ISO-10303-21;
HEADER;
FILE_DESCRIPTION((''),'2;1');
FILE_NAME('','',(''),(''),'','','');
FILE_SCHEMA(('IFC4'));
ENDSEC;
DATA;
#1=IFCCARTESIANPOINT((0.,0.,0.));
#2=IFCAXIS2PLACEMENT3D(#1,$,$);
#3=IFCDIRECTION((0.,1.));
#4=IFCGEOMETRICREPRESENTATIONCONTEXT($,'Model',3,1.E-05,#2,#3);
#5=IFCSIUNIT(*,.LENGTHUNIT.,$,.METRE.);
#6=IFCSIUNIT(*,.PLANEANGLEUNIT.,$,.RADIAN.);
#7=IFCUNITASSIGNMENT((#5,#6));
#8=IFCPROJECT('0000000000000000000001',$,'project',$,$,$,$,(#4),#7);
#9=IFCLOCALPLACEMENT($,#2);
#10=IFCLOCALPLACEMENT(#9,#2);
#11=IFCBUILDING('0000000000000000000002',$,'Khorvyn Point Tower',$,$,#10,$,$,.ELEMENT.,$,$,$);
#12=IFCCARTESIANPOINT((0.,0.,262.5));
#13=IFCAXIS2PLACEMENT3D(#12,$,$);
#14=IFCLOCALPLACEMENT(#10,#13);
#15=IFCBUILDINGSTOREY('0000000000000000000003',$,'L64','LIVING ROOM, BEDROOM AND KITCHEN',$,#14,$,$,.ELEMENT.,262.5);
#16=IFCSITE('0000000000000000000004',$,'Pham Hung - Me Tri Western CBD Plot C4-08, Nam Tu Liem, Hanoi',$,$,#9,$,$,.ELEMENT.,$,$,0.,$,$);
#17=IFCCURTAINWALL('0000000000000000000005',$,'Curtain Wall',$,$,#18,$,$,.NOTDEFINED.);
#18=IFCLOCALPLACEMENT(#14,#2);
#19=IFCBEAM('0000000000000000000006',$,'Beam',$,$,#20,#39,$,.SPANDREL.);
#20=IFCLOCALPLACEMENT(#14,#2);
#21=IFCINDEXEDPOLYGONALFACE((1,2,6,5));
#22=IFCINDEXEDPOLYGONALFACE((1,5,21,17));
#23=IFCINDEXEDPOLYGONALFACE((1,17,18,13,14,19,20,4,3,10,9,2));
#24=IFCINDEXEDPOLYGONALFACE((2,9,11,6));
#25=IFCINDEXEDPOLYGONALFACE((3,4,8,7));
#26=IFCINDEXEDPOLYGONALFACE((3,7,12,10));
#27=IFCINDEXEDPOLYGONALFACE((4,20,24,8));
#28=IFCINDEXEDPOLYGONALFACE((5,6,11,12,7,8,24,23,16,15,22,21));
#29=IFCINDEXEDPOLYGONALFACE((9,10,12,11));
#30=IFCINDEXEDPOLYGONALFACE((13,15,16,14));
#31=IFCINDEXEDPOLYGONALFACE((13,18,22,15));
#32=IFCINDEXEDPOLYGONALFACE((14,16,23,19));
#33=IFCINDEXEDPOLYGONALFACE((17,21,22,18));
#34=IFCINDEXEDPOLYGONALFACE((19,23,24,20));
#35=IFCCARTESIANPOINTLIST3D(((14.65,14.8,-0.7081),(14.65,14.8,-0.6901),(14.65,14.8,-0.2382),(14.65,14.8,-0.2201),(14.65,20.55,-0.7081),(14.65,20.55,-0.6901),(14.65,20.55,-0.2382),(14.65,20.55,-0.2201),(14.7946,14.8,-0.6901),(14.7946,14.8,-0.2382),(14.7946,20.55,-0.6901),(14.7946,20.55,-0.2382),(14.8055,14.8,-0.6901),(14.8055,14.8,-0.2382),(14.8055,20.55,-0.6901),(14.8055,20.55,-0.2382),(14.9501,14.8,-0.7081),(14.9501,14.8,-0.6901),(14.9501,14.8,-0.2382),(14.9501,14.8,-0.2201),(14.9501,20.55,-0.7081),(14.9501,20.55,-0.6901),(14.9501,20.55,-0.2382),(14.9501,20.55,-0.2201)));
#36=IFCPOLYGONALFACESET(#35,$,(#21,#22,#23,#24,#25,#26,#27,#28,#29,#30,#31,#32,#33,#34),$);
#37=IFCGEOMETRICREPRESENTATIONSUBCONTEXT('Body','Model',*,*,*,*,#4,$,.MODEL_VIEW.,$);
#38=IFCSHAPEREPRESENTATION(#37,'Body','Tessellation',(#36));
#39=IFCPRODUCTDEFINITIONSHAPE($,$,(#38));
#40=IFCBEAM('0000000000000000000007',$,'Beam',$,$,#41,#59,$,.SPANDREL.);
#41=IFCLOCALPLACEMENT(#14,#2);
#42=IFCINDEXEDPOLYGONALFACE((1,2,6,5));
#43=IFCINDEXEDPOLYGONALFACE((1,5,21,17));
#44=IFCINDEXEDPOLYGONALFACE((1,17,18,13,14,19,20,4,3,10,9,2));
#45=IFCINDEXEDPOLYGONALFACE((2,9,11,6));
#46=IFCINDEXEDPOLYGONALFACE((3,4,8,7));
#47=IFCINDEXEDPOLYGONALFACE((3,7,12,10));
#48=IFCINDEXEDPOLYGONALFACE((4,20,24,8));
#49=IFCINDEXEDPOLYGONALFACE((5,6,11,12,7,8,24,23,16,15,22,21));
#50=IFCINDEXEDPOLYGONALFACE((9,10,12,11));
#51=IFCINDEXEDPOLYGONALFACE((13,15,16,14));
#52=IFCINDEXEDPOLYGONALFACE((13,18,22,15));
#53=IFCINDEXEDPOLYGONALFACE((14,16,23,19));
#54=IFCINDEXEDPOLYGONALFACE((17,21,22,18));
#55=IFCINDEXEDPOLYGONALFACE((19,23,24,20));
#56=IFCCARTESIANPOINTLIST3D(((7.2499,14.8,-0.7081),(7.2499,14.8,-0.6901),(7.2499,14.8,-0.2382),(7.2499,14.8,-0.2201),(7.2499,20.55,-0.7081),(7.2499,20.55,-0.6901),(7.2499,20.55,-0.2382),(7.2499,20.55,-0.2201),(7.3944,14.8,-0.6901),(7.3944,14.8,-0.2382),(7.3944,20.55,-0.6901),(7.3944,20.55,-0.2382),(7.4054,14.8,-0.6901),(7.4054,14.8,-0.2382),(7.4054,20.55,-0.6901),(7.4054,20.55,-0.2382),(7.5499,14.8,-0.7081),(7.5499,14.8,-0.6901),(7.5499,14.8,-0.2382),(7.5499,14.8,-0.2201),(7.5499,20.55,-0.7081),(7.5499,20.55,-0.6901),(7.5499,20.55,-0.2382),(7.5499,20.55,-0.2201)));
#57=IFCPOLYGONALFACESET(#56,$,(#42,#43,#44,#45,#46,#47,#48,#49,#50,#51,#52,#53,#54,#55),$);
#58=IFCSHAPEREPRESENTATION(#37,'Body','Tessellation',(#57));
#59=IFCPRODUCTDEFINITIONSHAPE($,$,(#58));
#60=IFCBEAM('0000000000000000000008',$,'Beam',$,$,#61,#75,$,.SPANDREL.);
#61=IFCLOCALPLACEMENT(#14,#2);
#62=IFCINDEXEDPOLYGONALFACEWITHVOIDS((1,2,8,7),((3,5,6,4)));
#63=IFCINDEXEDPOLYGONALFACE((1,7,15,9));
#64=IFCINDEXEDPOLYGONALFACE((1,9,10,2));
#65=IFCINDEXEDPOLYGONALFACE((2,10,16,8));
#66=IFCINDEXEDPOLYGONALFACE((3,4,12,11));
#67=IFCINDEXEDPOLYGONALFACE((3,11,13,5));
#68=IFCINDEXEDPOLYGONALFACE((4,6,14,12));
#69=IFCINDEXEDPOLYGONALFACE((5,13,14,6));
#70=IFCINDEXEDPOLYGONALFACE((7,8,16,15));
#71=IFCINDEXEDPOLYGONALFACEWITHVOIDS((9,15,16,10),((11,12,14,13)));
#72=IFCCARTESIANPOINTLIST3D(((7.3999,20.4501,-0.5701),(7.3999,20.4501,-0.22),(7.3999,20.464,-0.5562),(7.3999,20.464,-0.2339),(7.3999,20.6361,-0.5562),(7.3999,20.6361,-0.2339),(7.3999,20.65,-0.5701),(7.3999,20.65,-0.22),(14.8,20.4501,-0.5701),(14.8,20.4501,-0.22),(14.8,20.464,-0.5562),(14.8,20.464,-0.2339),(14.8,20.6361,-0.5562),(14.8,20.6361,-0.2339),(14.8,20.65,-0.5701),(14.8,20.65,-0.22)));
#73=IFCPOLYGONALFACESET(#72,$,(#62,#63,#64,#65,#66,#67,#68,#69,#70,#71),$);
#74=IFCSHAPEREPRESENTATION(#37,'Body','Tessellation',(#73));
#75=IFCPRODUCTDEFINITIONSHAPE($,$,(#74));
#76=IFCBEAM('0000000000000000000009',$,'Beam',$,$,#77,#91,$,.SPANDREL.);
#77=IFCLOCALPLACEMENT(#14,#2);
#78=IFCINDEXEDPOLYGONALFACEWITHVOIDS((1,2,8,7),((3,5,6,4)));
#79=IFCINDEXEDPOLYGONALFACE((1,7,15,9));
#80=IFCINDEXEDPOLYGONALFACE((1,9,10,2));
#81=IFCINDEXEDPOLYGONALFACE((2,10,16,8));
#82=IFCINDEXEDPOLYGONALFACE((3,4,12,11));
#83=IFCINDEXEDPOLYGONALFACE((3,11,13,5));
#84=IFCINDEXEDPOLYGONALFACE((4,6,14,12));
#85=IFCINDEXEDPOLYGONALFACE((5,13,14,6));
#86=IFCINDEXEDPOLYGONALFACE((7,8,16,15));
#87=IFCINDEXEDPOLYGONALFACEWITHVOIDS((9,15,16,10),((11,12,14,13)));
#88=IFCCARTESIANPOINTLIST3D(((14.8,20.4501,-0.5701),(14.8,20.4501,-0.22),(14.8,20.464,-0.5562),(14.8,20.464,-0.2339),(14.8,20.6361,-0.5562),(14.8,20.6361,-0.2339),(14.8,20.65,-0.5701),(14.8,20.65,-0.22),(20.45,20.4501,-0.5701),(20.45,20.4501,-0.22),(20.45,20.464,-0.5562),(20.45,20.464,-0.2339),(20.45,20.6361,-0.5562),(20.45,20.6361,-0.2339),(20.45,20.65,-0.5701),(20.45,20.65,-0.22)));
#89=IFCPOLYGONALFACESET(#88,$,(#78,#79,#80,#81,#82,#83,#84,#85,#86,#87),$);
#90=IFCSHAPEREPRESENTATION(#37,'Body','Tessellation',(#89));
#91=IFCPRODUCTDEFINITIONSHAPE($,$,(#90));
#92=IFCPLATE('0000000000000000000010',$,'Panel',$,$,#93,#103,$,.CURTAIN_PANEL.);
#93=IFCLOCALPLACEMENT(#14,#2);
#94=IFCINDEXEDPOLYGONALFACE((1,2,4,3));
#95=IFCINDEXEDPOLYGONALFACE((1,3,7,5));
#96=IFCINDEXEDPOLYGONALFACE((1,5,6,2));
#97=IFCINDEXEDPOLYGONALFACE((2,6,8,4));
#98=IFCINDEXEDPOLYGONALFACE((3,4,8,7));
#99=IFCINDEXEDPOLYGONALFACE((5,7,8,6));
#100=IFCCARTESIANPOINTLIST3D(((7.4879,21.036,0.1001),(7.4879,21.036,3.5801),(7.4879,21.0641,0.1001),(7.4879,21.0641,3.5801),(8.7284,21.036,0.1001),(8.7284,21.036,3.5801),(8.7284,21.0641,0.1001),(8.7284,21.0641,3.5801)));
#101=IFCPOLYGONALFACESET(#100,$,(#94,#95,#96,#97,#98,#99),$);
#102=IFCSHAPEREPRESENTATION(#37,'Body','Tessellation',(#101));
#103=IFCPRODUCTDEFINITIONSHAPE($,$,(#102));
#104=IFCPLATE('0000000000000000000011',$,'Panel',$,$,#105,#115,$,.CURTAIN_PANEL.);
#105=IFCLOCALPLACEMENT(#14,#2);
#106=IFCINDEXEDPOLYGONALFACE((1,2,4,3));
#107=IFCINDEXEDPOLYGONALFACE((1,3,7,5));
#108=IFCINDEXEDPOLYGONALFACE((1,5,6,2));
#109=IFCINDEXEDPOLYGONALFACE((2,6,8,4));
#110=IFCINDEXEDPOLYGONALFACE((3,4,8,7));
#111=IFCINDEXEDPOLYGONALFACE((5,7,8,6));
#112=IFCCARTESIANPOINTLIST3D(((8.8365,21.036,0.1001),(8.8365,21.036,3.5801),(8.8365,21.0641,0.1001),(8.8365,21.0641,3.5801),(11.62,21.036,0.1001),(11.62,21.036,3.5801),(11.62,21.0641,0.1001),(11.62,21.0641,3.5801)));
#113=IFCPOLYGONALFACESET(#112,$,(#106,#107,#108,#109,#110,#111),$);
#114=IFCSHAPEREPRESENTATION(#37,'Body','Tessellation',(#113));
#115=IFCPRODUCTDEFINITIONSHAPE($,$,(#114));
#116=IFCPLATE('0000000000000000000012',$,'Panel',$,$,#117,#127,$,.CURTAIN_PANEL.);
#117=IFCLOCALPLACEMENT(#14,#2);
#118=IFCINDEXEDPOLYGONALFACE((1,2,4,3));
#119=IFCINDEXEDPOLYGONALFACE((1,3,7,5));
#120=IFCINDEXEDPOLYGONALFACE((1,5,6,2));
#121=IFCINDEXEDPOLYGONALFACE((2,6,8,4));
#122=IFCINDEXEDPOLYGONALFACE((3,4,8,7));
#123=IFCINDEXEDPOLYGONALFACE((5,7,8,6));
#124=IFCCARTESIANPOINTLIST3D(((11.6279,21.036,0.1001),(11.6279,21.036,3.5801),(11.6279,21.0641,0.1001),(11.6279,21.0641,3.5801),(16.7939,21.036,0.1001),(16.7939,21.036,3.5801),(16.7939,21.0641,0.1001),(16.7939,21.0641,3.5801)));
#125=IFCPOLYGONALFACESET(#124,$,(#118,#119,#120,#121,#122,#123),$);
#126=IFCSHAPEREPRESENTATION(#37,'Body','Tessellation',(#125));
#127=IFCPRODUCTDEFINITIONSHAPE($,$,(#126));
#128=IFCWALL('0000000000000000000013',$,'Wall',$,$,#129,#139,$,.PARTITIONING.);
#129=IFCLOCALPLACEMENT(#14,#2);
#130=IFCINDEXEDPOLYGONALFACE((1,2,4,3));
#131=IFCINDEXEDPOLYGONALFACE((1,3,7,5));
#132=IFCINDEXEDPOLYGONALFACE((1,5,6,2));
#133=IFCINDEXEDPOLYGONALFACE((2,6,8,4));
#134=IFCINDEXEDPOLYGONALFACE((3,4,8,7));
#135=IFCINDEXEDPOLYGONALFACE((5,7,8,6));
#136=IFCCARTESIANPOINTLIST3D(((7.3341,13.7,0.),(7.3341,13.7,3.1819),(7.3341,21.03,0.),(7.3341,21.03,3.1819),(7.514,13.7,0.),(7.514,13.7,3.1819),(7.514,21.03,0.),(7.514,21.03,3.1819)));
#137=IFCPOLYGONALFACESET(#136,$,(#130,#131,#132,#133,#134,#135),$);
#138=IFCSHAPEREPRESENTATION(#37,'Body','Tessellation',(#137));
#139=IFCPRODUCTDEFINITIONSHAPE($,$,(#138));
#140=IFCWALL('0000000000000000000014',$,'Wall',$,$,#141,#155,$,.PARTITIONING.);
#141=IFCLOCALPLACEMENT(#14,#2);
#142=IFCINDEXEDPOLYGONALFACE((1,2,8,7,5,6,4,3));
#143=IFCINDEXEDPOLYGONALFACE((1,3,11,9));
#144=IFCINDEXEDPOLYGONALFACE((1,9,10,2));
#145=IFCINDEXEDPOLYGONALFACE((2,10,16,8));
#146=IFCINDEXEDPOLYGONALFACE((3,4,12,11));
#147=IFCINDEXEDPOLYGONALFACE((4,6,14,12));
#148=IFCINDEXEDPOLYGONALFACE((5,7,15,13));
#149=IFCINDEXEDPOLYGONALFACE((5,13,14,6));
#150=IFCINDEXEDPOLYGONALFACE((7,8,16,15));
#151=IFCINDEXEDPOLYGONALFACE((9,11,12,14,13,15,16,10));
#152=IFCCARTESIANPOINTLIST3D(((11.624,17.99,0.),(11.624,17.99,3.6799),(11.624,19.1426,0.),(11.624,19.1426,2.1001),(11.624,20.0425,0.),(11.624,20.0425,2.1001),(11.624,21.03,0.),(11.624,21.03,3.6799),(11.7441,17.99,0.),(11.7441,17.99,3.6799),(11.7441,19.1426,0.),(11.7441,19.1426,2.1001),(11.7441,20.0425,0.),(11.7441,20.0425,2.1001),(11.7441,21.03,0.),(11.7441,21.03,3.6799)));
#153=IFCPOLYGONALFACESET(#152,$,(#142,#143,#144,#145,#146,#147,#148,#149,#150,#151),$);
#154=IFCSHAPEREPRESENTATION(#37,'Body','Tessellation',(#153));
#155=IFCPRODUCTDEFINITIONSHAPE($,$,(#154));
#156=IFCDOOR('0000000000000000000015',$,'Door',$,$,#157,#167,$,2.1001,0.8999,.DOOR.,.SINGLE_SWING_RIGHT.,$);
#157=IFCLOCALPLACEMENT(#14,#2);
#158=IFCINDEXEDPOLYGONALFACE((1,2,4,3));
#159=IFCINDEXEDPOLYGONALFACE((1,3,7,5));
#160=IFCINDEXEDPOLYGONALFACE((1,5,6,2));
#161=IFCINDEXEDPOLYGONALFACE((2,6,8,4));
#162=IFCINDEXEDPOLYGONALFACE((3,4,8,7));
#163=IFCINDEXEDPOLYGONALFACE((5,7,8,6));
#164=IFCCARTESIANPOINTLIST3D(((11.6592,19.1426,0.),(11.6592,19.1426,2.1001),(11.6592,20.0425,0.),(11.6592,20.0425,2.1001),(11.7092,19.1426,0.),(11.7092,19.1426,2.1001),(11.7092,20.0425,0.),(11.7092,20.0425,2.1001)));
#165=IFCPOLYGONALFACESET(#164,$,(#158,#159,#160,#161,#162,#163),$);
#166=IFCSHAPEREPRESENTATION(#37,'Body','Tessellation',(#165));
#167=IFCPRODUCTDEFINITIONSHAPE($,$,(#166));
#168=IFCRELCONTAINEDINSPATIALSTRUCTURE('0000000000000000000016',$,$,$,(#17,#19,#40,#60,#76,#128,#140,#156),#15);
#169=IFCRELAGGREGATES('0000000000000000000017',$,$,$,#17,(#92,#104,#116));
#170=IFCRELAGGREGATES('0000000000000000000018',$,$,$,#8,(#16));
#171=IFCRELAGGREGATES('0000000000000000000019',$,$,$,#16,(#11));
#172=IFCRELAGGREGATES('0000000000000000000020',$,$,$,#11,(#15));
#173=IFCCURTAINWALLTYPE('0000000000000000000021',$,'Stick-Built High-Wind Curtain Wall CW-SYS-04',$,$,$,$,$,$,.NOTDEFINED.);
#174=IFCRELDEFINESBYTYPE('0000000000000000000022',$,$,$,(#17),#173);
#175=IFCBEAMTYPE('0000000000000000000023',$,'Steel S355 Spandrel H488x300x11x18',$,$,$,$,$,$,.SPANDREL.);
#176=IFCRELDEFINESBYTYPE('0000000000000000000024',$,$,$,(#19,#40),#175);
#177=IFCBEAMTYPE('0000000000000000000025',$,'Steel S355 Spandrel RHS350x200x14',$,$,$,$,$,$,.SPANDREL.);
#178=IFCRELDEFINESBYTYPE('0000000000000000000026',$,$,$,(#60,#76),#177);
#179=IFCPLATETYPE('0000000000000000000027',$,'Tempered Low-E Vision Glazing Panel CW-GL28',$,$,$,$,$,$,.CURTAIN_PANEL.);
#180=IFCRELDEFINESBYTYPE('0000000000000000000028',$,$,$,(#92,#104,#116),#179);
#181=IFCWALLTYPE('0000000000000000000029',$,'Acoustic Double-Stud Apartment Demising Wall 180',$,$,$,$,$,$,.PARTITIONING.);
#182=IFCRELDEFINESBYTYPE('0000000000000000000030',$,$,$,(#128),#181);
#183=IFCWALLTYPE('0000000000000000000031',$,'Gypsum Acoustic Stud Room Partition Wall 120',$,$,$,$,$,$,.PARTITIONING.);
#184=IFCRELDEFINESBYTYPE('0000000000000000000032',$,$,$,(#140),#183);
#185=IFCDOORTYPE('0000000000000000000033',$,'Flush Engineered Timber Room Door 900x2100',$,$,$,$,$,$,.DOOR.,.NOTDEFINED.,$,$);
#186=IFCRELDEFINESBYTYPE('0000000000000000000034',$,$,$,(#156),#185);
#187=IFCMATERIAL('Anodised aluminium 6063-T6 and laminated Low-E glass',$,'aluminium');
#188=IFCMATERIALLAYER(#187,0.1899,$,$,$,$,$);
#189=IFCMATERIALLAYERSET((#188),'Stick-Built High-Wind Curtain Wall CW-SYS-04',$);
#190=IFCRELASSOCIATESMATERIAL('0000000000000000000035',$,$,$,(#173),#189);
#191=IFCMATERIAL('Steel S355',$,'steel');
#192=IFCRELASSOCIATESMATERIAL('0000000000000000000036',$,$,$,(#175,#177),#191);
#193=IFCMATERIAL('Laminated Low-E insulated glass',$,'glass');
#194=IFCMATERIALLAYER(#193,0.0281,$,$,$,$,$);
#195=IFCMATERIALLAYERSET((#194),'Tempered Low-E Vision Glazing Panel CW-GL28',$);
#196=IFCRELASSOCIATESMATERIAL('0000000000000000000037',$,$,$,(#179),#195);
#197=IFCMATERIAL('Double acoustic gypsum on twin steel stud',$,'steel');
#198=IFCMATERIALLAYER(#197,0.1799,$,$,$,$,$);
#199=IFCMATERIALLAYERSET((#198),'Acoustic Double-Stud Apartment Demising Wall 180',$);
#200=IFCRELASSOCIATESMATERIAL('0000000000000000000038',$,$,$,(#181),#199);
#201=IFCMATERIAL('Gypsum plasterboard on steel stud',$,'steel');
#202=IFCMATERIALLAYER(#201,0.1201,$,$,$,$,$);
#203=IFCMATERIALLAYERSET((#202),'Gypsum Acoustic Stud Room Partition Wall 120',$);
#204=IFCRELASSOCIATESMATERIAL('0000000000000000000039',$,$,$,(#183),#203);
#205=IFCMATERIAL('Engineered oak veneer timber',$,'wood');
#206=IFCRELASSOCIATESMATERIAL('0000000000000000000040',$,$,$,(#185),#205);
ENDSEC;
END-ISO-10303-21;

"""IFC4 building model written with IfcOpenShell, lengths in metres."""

from ifc_helpers import new_model, si_unit, direction, frame, frame_2d, origin, origin_2d, place, context, subcontext, project, spatial, rectangle, hollow_rectangle, i_section, extrude, material, layer, layer_set, material_profile, profile_set, type_object, element, fill, aggregate, save


model = new_model("IFC4")

# Units and contexts
model_context = context("Model", 3, precision=1e-05, world=origin(), true_north=direction((0.0, 1.0)))
body_context = subcontext(model_context, "Body", "Model", "MODEL_VIEW")
ifc_project = project(units=[si_unit("LENGTHUNIT", "METRE"), si_unit("PLANEANGLEUNIT", "RADIAN")], contexts=[model_context])

# Site, building, storey
site_placement = place(None, origin())
site = spatial("IfcSite", under=ifc_project, at=site_placement, Name="Pham Hung - Me Tri Western CBD Plot C4-08, Nam Tu Liem, Hanoi", CompositionType="ELEMENT", RefElevation=0.0)
building_placement = place(site_placement, origin())
building = spatial("IfcBuilding", under=site, at=building_placement, Name="Khorvyn Point Tower", CompositionType="ELEMENT")
storey_placement = place(building_placement, frame((0.0, 0.0, 262.5)))
storey = spatial("IfcBuildingStorey", under=building, at=storey_placement, Name="L64", Description="LIVING ROOM, BEDROOM AND KITCHEN", CompositionType="ELEMENT", Elevation=262.5)

# Shared definitions
ifc_material_1 = material(Name="Steel S355", Category="steel")

# Curtain wall
ifc_material_2 = material(Name="Anodised aluminium 6063-T6 and laminated Low-E glass", Category="aluminium")
ifc_layer_1 = layer(ifc_material_2, 0.1899)
ifc_layer_set_1 = layer_set([ifc_layer_1], Name="Stick-Built High-Wind Curtain Wall CW-SYS-04")
curtain_wall_type = type_object("IfcCurtainWallType", Name="Stick-Built High-Wind Curtain Wall CW-SYS-04", PredefinedType="NOTDEFINED", material=ifc_layer_set_1)
curtain_wall_placement = place(storey_placement, origin())
curtain_wall = element("IfcCurtainWall", 1, at=curtain_wall_placement, inside=storey, type_object=curtain_wall_type, Name="Curtain Wall", PredefinedType="NOTDEFINED")

# Beams
ifc_material_profile_1 = material_profile(ifc_material_1, i_section(OverallWidth=0.3, OverallDepth=0.488, WebThickness=0.011, FlangeThickness=0.0181, at=origin_2d()))
ifc_profile_set_1 = profile_set([ifc_material_profile_1], Name="Steel S355 H488x300x11x18")
beam_type_1 = type_object("IfcBeamType", Name="Steel S355 Spandrel H488x300x11x18", PredefinedType="SPANDREL", material=ifc_profile_set_1)
for number, where, z_axis, x_axis, name in (
    (2, (14.8, 14.8, -0.4641), (0.0, 1.0, 0.0), (-1.0, 0.0, 0.0), "Beam"),
    (3, (7.3999, 14.8, -0.4641), (0.0, 1.0, 0.0), (-1.0, 0.0, 0.0), "Beam"),
):
    element("IfcBeam", number, at=place(storey_placement, frame(where, z_axis=z_axis, x_axis=x_axis)), inside=storey, type_object=beam_type_1, Name=name, PredefinedType="SPANDREL", context=body_context, shape_type="SweptSolid", body=[
        extrude(i_section(OverallWidth=0.3, OverallDepth=0.488, WebThickness=0.011, FlangeThickness=0.0181, at=origin_2d()), origin(), (0.0, 0.0, 1.0), 5.75),
    ])
ifc_material_profile_2 = material_profile(ifc_material_1, hollow_rectangle(XDim=0.2, YDim=0.3501, WallThickness=0.0139, at=origin_2d()))
ifc_profile_set_2 = profile_set([ifc_material_profile_2], Name="Steel S355 RHS350x200x14")
beam_type_2 = type_object("IfcBeamType", Name="Steel S355 Spandrel RHS350x200x14", PredefinedType="SPANDREL", material=ifc_profile_set_2)
beam_1_placement = place(storey_placement, frame((7.3999, 20.55, -0.395), z_axis=(1.0, 0.0, 0.0), x_axis=(0.0, 1.0, 0.0)))
element("IfcBeam", 4, at=beam_1_placement, inside=storey, type_object=beam_type_2, Name="Beam", PredefinedType="SPANDREL", context=body_context, shape_type="SweptSolid", body=[
    extrude(hollow_rectangle(XDim=0.2, YDim=0.3501, WallThickness=0.0139, at=origin_2d()), origin(), (0.0, 0.0, 1.0), 7.4001),
])
beam_2_placement = place(storey_placement, frame((14.8, 20.55, -0.395), z_axis=(1.0, 0.0, 0.0), x_axis=(0.0, 1.0, 0.0)))
element("IfcBeam", 5, at=beam_2_placement, inside=storey, type_object=beam_type_2, Name="Beam", PredefinedType="SPANDREL", context=body_context, shape_type="SweptSolid", body=[
    extrude(hollow_rectangle(XDim=0.2, YDim=0.3501, WallThickness=0.0139, at=origin_2d()), origin(), (0.0, 0.0, 1.0), 5.6499),
])

# Plates
ifc_material_3 = material(Name="Laminated Low-E insulated glass", Category="glass")
ifc_layer_2 = layer(ifc_material_3, 0.0281)
ifc_layer_set_2 = layer_set([ifc_layer_2], Name="Tempered Low-E Vision Glazing Panel CW-GL28")
plate_type = type_object("IfcPlateType", Name="Tempered Low-E Vision Glazing Panel CW-GL28", PredefinedType="CURTAIN_PANEL", material=ifc_layer_set_2)
plate_1_placement = place(storey_placement, frame((8.1082, 21.05, 0.1001), z_axis=(0.0, 0.0, 1.0), x_axis=(1.0, 0.0, 0.0)))
plate_1 = element("IfcPlate", 6, at=plate_1_placement, type_object=plate_type, Name="Panel", PredefinedType="CURTAIN_PANEL", context=body_context, shape_type="SweptSolid", body=[
    extrude(rectangle(XDim=1.2405, YDim=0.0281, at=origin_2d()), origin(), (0.0, 0.0, 1.0), 3.48),
])
plate_2_placement = place(storey_placement, frame((10.2283, 21.05, 0.1001), z_axis=(0.0, 0.0, 1.0), x_axis=(1.0, 0.0, 0.0)))
plate_2 = element("IfcPlate", 7, at=plate_2_placement, type_object=plate_type, Name="Panel", PredefinedType="CURTAIN_PANEL", context=body_context, shape_type="SweptSolid", body=[
    extrude(rectangle(XDim=2.7834, YDim=0.0281, at=origin_2d()), origin(), (0.0, 0.0, 1.0), 3.48),
])
plate_3_placement = place(storey_placement, frame((14.2109, 21.05, 0.1001), z_axis=(0.0, 0.0, 1.0), x_axis=(1.0, 0.0, 0.0)))
plate_3 = element("IfcPlate", 8, at=plate_3_placement, type_object=plate_type, Name="Panel", PredefinedType="CURTAIN_PANEL", context=body_context, shape_type="SweptSolid", body=[
    extrude(rectangle(XDim=5.166, YDim=0.0281, at=origin_2d()), origin(), (0.0, 0.0, 1.0), 3.48),
])
aggregate(curtain_wall, [plate_1, plate_2, plate_3])

# Wall
ifc_material_4 = material(Name="Double acoustic gypsum on twin steel stud", Category="steel")
ifc_layer_3 = layer(ifc_material_4, 0.1799)
ifc_layer_set_3 = layer_set([ifc_layer_3], Name="Acoustic Double-Stud Apartment Demising Wall 180")
wall_type_1 = type_object("IfcWallType", Name="Acoustic Double-Stud Apartment Demising Wall 180", PredefinedType="PARTITIONING", material=ifc_layer_set_3)
wall_1_placement = place(storey_placement, frame((7.4241, 13.7, 0.0), z_axis=(0.0, 0.0, 1.0), x_axis=(0.0, 1.0, 0.0)))
element("IfcWall", 9, at=wall_1_placement, inside=storey, type_object=wall_type_1, Name="Wall", PredefinedType="PARTITIONING", context=body_context, shape_type="SweptSolid", body=[
    extrude(rectangle(XDim=7.3301, YDim=0.1799, at=frame_2d((3.665, 0.0))), origin(), (0.0, 0.0, 1.0), 3.1819),
])

# Wall, opening, door
ifc_material_5 = material(Name="Gypsum plasterboard on steel stud", Category="steel")
ifc_layer_4 = layer(ifc_material_5, 0.1201)
ifc_layer_set_4 = layer_set([ifc_layer_4], Name="Gypsum Acoustic Stud Room Partition Wall 120")
wall_type_2 = type_object("IfcWallType", Name="Gypsum Acoustic Stud Room Partition Wall 120", PredefinedType="PARTITIONING", material=ifc_layer_set_4)
wall_2_placement = place(storey_placement, frame((11.6841, 17.99, 0.0), z_axis=(0.0, 0.0, 1.0), x_axis=(0.0, 1.0, 0.0)))
wall_2 = element("IfcWall", 10, at=wall_2_placement, inside=storey, type_object=wall_type_2, Name="Wall", PredefinedType="PARTITIONING", context=body_context, shape_type="SweptSolid", body=[
    extrude(rectangle(XDim=3.04, YDim=0.1201, at=frame_2d((1.52, 0.0))), origin(), (0.0, 0.0, 1.0), 3.6799),
])
opening_1_placement = place(wall_2_placement, frame((1.1526, 0.0, 0.0)))
opening_1 = element("IfcOpeningElement", 11, at=opening_1_placement, cuts=wall_2, PredefinedType="OPENING", context=body_context, shape_type="SweptSolid", body=[
    extrude(rectangle(XDim=0.8999, YDim=2.1001, at=frame_2d((0.45, 1.05))), frame((0.0, 0.0701, 0.0), z_axis=(0.0, -1.0, 0.0), x_axis=(1.0, 0.0, 0.0)), (0.0, 0.0, 1.0), 0.1401),
])
ifc_material_6 = material(Name="Engineered oak veneer timber", Category="wood")
door_type_1 = type_object("IfcDoorType", Name="Flush Engineered Timber Room Door 900x2100", OperationType="NOTDEFINED", PredefinedType="DOOR", material=ifc_material_6)
door_1_placement = place(opening_1_placement, origin())
door_1 = element("IfcDoor", 12, at=door_1_placement, inside=storey, type_object=door_type_1, Name="Door", OperationType="SINGLE_SWING_RIGHT", OverallHeight=2.1001, OverallWidth=0.8999, PredefinedType="DOOR", context=body_context, shape_type="SweptSolid", body=[
    extrude(rectangle(XDim=0.8999, YDim=2.1001, at=frame_2d((0.45, 1.05))), frame((0.0, 0.0249, 0.0), z_axis=(0.0, -1.0, 0.0), x_axis=(1.0, 0.0, 0.0)), (0.0, 0.0, 1.0), 0.05),
])
fill(opening_1, door_1)

save(model, "model.ifc")
